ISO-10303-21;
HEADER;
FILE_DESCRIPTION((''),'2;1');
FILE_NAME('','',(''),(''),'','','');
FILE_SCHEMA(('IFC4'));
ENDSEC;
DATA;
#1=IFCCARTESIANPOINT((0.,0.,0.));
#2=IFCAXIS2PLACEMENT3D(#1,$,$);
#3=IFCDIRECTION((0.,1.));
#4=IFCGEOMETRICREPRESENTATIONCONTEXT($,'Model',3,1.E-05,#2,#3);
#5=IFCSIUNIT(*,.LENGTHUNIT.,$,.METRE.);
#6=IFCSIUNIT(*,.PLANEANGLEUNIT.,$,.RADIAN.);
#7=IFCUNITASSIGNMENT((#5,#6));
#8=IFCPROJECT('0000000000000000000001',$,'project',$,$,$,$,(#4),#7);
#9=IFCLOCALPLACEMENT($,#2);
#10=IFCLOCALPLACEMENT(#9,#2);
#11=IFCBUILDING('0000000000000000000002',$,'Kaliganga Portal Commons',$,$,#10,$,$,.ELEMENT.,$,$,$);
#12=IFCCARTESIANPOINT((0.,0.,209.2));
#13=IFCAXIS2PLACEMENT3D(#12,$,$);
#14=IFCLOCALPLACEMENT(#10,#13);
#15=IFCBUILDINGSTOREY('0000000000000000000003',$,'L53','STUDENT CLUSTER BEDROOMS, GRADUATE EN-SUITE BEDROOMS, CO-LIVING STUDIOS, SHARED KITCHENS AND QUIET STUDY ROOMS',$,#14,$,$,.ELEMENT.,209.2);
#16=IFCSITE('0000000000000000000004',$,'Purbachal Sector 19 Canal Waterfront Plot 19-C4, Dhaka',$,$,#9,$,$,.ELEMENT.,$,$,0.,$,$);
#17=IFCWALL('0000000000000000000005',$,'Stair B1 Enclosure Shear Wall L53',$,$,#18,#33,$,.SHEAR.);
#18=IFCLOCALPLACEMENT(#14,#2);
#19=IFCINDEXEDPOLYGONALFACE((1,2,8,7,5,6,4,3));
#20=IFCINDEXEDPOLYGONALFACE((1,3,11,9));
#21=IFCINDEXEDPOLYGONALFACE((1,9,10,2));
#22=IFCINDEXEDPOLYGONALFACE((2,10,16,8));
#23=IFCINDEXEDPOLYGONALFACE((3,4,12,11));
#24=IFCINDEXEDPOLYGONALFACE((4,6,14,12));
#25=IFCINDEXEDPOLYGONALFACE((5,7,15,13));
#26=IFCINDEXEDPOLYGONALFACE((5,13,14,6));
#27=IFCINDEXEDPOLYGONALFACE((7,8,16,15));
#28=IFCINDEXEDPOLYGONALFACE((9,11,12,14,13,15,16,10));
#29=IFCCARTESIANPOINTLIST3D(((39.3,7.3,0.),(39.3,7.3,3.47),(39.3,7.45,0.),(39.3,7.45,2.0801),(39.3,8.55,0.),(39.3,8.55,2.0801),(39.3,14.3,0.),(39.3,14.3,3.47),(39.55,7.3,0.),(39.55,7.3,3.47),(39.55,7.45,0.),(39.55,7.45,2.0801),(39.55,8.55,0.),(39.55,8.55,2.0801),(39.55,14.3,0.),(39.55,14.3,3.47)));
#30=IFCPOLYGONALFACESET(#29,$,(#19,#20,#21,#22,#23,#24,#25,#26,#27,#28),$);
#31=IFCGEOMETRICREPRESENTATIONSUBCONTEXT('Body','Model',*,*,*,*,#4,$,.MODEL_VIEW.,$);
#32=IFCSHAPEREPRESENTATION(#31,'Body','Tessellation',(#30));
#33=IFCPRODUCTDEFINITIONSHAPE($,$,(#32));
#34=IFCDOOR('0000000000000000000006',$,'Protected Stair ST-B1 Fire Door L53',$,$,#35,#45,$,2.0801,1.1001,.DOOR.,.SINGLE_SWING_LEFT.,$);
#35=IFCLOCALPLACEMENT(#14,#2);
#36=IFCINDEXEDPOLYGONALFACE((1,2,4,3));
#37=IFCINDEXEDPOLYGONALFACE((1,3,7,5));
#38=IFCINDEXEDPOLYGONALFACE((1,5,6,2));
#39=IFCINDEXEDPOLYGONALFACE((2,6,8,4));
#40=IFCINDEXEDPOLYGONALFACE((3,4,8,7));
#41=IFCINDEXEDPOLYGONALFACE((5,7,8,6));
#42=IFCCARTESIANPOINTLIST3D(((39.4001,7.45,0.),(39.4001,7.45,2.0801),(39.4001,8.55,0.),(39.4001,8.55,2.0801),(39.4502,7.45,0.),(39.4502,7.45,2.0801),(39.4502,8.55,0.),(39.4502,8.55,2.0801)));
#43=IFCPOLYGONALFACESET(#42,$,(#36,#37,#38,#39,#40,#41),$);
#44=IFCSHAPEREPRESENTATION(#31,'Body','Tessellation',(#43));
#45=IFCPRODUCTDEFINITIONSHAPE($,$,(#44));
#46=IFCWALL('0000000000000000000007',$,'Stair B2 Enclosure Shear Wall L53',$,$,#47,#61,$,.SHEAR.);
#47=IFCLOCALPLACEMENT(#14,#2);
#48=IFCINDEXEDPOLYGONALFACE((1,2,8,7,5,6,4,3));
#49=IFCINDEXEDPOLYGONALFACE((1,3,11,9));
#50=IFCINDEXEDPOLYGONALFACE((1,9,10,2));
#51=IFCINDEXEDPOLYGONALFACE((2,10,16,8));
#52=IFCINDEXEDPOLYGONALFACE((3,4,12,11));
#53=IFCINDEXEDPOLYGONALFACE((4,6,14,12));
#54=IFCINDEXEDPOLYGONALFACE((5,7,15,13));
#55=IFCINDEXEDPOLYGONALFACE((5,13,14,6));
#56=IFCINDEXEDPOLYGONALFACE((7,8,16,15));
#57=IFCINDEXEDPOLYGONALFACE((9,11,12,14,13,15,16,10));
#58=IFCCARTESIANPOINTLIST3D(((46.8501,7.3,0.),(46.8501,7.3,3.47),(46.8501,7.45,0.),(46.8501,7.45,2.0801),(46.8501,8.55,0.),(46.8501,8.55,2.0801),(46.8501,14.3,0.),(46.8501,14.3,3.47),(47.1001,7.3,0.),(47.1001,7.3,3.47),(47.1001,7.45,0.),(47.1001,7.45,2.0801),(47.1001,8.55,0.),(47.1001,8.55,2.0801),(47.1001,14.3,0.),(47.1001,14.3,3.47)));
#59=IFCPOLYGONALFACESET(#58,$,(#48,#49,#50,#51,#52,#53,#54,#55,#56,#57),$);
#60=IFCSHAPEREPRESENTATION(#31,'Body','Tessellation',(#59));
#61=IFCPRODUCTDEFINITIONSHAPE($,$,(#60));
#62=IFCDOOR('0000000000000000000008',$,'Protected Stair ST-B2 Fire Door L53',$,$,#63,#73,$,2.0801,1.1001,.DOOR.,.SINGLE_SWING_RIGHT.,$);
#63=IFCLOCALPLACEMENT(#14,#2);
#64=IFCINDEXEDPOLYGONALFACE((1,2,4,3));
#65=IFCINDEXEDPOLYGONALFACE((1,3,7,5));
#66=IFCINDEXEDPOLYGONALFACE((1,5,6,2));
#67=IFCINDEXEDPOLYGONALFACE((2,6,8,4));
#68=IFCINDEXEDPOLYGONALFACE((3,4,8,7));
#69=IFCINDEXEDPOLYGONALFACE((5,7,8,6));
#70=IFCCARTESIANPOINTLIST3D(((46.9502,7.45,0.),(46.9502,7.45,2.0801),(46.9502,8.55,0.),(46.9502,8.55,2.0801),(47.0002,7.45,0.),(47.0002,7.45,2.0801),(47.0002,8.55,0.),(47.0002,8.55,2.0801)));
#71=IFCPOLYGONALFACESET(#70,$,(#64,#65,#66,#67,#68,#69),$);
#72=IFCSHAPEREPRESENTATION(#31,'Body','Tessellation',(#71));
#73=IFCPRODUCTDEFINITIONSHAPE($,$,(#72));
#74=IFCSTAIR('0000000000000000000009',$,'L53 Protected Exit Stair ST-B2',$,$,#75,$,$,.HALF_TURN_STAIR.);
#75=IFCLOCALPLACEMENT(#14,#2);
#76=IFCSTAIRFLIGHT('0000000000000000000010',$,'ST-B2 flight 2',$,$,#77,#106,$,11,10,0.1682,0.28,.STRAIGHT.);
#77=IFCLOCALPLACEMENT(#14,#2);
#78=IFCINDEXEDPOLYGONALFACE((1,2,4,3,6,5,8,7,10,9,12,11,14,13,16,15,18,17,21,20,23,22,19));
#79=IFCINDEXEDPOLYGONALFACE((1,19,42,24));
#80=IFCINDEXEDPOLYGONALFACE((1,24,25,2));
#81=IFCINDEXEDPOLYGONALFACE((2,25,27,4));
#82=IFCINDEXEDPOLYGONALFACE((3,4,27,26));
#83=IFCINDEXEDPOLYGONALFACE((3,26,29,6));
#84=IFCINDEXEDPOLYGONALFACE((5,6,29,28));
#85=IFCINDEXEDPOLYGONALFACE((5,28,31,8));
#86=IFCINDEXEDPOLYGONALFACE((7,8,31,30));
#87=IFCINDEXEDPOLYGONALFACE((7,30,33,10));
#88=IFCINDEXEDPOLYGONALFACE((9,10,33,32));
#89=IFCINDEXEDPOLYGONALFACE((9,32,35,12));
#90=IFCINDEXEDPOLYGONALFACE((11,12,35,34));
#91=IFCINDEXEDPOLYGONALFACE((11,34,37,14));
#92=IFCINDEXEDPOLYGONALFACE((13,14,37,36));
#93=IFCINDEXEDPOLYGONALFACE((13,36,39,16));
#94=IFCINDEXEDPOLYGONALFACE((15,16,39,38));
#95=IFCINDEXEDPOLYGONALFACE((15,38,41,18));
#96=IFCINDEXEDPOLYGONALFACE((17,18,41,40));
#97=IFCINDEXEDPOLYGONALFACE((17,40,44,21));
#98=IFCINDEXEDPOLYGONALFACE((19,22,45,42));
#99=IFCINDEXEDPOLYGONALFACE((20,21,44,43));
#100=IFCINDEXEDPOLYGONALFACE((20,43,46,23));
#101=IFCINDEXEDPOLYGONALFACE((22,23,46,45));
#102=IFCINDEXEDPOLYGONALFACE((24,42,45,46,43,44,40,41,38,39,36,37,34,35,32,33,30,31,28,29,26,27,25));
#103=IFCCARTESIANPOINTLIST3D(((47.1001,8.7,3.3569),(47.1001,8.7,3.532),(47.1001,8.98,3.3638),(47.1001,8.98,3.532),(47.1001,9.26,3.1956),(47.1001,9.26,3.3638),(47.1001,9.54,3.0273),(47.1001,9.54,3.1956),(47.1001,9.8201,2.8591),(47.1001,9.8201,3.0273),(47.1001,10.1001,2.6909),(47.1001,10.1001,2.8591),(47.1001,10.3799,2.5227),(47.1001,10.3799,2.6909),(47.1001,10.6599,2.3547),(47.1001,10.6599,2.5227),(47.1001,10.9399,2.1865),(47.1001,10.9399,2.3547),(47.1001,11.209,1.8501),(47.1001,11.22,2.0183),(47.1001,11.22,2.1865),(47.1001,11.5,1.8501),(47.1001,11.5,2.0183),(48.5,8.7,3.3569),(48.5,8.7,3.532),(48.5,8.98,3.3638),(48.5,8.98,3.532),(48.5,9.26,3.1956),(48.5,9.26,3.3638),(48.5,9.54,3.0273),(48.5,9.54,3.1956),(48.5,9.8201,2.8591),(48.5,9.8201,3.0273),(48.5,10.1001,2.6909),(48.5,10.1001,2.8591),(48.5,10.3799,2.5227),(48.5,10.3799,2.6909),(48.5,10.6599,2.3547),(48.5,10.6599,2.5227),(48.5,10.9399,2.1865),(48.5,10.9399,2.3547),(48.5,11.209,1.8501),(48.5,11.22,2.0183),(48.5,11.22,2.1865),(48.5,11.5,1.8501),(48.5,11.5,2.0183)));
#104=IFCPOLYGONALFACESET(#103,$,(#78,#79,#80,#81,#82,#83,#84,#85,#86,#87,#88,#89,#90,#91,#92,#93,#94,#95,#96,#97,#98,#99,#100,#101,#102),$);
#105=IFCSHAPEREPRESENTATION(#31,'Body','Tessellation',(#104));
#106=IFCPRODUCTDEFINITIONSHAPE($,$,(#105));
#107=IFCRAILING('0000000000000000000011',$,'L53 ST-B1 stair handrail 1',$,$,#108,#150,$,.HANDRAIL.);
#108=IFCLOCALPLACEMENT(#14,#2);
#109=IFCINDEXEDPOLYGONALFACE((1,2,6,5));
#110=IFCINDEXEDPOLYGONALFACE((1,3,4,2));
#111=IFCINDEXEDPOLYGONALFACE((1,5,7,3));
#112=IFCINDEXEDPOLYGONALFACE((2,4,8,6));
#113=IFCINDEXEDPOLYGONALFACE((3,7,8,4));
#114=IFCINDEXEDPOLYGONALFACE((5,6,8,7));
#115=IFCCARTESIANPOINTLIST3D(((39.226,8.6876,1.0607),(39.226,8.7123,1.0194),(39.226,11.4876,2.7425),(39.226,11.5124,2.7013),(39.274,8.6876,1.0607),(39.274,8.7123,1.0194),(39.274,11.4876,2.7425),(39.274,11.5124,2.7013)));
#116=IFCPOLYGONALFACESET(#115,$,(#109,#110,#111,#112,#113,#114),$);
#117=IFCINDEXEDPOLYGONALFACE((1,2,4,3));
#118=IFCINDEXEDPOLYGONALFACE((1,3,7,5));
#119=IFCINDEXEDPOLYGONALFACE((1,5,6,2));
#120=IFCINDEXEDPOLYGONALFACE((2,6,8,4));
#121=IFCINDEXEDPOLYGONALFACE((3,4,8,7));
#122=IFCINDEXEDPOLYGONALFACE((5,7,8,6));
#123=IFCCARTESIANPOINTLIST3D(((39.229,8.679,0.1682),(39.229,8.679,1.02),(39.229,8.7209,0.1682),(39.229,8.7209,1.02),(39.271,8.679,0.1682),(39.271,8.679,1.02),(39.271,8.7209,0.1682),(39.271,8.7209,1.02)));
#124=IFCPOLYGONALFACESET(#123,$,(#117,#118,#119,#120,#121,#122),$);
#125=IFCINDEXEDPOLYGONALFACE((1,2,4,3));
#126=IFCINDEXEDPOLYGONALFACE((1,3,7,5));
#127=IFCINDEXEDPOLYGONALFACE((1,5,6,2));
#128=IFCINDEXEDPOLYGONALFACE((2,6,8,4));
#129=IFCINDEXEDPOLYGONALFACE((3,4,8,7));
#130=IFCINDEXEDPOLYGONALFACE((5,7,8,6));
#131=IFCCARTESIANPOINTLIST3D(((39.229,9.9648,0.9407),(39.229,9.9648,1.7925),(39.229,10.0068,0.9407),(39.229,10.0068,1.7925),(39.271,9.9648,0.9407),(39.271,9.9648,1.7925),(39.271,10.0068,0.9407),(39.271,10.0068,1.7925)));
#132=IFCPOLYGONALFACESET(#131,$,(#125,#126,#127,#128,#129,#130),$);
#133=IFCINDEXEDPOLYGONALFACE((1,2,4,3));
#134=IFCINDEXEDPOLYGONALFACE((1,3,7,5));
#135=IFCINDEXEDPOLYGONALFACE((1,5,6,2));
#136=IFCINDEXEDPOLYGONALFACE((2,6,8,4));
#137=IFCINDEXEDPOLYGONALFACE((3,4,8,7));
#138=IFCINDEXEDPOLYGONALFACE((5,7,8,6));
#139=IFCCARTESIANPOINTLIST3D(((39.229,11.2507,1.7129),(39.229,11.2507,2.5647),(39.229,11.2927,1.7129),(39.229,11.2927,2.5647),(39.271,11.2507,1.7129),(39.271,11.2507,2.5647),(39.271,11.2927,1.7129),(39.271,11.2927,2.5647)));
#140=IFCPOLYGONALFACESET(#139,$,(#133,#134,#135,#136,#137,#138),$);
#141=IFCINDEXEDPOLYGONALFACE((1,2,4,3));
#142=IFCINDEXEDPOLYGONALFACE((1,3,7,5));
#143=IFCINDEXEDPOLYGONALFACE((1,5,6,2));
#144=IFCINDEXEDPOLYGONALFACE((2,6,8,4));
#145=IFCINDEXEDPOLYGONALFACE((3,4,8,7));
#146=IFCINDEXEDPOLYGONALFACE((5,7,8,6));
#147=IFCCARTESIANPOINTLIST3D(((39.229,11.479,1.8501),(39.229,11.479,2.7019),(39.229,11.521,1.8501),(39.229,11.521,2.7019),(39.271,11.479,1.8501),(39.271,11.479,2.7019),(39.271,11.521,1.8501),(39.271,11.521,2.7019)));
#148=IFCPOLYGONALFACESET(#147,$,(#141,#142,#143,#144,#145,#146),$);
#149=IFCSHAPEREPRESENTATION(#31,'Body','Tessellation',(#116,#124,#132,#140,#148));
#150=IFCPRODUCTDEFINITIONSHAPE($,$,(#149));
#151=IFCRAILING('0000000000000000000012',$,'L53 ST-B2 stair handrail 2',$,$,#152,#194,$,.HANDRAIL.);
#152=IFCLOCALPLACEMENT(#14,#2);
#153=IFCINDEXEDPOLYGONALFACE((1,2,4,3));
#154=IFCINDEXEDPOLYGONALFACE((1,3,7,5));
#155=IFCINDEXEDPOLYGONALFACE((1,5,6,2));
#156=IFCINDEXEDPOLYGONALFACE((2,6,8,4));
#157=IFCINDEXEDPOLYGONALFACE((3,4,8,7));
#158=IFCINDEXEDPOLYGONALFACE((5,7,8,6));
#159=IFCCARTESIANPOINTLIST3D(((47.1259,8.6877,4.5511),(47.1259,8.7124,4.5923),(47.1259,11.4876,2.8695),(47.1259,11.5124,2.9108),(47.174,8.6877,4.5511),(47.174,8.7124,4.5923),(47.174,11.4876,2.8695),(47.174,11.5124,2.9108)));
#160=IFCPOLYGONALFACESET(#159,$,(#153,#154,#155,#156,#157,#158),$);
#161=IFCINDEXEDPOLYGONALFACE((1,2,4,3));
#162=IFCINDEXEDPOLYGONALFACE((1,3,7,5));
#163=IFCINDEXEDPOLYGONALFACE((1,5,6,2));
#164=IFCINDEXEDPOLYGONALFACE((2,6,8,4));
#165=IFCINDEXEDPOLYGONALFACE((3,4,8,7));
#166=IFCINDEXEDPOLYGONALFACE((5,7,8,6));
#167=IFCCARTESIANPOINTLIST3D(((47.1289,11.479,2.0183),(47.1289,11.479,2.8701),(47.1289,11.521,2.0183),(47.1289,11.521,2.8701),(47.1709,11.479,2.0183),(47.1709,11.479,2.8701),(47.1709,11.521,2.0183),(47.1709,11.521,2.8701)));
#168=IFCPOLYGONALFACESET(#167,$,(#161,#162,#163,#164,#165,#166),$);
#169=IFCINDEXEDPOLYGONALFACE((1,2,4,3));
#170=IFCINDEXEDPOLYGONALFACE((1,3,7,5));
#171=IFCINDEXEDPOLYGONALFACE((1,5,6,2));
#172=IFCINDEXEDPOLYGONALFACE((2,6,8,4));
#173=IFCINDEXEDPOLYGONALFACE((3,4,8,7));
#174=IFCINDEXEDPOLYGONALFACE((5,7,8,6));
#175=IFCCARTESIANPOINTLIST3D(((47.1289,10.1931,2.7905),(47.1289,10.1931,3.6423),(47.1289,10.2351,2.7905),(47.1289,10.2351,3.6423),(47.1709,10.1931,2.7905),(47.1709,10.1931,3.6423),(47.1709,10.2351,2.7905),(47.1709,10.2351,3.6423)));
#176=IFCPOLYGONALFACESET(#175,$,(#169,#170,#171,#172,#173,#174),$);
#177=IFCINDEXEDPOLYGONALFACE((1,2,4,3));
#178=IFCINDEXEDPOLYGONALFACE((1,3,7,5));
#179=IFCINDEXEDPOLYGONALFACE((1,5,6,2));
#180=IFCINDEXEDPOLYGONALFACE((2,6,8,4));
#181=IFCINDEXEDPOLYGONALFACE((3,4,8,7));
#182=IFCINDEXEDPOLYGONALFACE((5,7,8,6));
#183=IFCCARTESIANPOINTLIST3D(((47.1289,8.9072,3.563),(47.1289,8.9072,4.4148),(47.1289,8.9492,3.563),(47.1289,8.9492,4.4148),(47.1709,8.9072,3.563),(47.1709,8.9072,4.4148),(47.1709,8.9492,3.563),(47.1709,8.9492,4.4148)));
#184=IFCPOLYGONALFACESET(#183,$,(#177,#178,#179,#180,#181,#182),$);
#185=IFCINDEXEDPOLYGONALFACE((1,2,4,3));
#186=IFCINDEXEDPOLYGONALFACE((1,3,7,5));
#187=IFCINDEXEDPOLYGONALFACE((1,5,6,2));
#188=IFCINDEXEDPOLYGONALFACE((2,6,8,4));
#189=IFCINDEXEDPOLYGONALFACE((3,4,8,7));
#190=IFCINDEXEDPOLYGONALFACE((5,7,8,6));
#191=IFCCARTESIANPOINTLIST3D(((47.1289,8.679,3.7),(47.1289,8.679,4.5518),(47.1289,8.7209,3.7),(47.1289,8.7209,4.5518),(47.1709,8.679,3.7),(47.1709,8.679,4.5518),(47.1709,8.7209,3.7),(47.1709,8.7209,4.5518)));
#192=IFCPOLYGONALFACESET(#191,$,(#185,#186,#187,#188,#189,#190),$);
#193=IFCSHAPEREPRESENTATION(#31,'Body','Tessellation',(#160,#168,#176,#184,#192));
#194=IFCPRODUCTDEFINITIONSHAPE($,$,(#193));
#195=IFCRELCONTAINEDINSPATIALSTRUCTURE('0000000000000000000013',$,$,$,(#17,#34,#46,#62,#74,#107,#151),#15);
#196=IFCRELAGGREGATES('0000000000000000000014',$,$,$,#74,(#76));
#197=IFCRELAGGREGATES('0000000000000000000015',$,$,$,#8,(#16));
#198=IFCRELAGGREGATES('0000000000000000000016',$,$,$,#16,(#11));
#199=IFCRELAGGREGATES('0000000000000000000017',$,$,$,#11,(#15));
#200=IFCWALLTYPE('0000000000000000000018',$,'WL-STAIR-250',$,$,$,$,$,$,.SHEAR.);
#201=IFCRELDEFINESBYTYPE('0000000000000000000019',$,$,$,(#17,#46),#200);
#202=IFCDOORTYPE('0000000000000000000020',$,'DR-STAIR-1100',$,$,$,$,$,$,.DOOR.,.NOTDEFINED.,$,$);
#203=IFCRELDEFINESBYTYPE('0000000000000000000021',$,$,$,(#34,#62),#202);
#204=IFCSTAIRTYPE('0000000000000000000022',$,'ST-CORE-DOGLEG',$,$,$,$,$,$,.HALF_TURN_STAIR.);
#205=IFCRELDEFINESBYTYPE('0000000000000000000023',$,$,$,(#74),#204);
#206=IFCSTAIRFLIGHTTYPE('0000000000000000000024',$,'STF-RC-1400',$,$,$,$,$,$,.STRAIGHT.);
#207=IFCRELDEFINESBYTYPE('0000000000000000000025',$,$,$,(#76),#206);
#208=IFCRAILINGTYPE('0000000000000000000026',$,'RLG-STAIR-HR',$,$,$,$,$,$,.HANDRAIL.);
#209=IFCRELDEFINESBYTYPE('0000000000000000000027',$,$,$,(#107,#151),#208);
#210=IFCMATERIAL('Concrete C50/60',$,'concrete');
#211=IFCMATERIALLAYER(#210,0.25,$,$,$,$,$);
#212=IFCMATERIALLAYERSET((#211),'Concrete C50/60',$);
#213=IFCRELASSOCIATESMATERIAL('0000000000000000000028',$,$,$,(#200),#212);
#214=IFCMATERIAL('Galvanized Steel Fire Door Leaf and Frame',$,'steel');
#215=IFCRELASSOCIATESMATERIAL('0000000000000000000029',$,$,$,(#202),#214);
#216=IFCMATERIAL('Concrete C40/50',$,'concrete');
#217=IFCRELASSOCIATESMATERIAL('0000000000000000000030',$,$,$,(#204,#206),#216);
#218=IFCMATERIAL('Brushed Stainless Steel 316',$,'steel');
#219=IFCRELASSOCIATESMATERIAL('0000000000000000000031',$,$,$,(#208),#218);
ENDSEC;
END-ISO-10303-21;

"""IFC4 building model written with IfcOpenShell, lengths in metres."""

from ifc_helpers import new_model, si_unit, direction, frame, frame_2d, origin, origin_2d, place, context, subcontext, project, spatial, polyline, rectangle, outline, extrude, material, layer, layer_set, type_object, element, fill, aggregate, save


model = new_model("IFC4")

# Units and contexts
model_context = context("Model", 3, precision=1e-05, world=origin(), true_north=direction((0.0, 1.0)))
body_context = subcontext(model_context, "Body", "Model", "MODEL_VIEW")
ifc_project = project(units=[si_unit("LENGTHUNIT", "METRE"), si_unit("PLANEANGLEUNIT", "RADIAN")], contexts=[model_context])

# Site, building, storey
site_placement = place(None, origin())
site = spatial("IfcSite", under=ifc_project, at=site_placement, Name="Purbachal Sector 19 Canal Waterfront Plot 19-C4, Dhaka", CompositionType="ELEMENT", RefElevation=0.0)
building_placement = place(site_placement, origin())
building = spatial("IfcBuilding", under=site, at=building_placement, Name="Kaliganga Portal Commons", CompositionType="ELEMENT")
storey_placement = place(building_placement, frame((0.0, 0.0, 209.2)))
storey = spatial("IfcBuildingStorey", under=building, at=storey_placement, Name="L53", Description="STUDENT CLUSTER BEDROOMS, GRADUATE EN-SUITE BEDROOMS, CO-LIVING STUDIOS, SHARED KITCHENS AND QUIET STUDY ROOMS", CompositionType="ELEMENT", Elevation=209.2)

# Shared definitions
ifc_material_1 = material(Name="Concrete C50/60", Category="concrete")

# Walls, openings, doors
ifc_layer_1 = layer(ifc_material_1, 0.25)
ifc_layer_set_1 = layer_set([ifc_layer_1], Name="Concrete C50/60")
wall_type_1 = type_object("IfcWallType", Name="WL-STAIR-250", PredefinedType="SHEAR", material=ifc_layer_set_1)
wall_1_placement = place(storey_placement, frame((39.425, 7.3, 0.0), z_axis=(0.0, 0.0, 1.0), x_axis=(0.0, 1.0, 0.0)))
wall_1 = element("IfcWall", 1, at=wall_1_placement, inside=storey, type_object=wall_type_1, Name="Stair B1 Enclosure Shear Wall L53", PredefinedType="SHEAR", context=body_context, shape_type="SweptSolid", body=[
    extrude(rectangle(XDim=7.0, YDim=0.25, at=frame_2d((3.5, 0.0))), origin(), (0.0, 0.0, 1.0), 3.47),
])
opening_1_placement = place(wall_1_placement, frame((0.1499, 0.0, 0.0)))
opening_1 = element("IfcOpeningElement", 2, at=opening_1_placement, cuts=wall_1, PredefinedType="OPENING", context=body_context, shape_type="SweptSolid", body=[
    extrude(rectangle(XDim=1.1001, YDim=2.0801, at=frame_2d((0.55, 1.04))), frame((0.0, 0.135, 0.0), z_axis=(0.0, -1.0, 0.0), x_axis=(1.0, 0.0, 0.0)), (0.0, 0.0, 1.0), 0.27),
])
ifc_material_2 = material(Name="Galvanized Steel Fire Door Leaf and Frame", Category="steel")
door_type_1 = type_object("IfcDoorType", Name="DR-STAIR-1100", OperationType="NOTDEFINED", PredefinedType="DOOR", material=ifc_material_2)
door_1_placement = place(opening_1_placement, origin())
door_1 = element("IfcDoor", 3, at=door_1_placement, inside=storey, type_object=door_type_1, Name="Protected Stair ST-B1 Fire Door L53", OperationType="SINGLE_SWING_LEFT", OverallHeight=2.0801, OverallWidth=1.1001, PredefinedType="DOOR", context=body_context, shape_type="SweptSolid", body=[
    extrude(rectangle(XDim=1.1001, YDim=2.0801, at=frame_2d((0.55, 1.04))), frame((0.0, 0.0249, 0.0), z_axis=(0.0, -1.0, 0.0), x_axis=(1.0, 0.0, 0.0)), (0.0, 0.0, 1.0), 0.05),
])
fill(opening_1, door_1)
wall_2_placement = place(storey_placement, frame((46.9751, 7.3, 0.0), z_axis=(0.0, 0.0, 1.0), x_axis=(0.0, 1.0, 0.0)))
wall_2 = element("IfcWall", 4, at=wall_2_placement, inside=storey, type_object=wall_type_1, Name="Stair B2 Enclosure Shear Wall L53", PredefinedType="SHEAR", context=body_context, shape_type="SweptSolid", body=[
    extrude(rectangle(XDim=7.0, YDim=0.25, at=frame_2d((3.5, 0.0))), origin(), (0.0, 0.0, 1.0), 3.47),
])
opening_2_placement = place(wall_2_placement, frame((0.1499, 0.0, 0.0)))
opening_2 = element("IfcOpeningElement", 5, at=opening_2_placement, cuts=wall_2, PredefinedType="OPENING", context=body_context, shape_type="SweptSolid", body=[
    extrude(rectangle(XDim=1.1001, YDim=2.0801, at=frame_2d((0.55, 1.04))), frame((0.0, 0.135, 0.0), z_axis=(0.0, -1.0, 0.0), x_axis=(1.0, 0.0, 0.0)), (0.0, 0.0, 1.0), 0.27),
])
door_2_placement = place(opening_2_placement, origin())
door_2 = element("IfcDoor", 6, at=door_2_placement, inside=storey, type_object=door_type_1, Name="Protected Stair ST-B2 Fire Door L53", OperationType="SINGLE_SWING_RIGHT", OverallHeight=2.0801, OverallWidth=1.1001, PredefinedType="DOOR", context=body_context, shape_type="SweptSolid", body=[
    extrude(rectangle(XDim=1.1001, YDim=2.0801, at=frame_2d((0.55, 1.04))), frame((0.0, 0.0249, 0.0), z_axis=(0.0, -1.0, 0.0), x_axis=(1.0, 0.0, 0.0)), (0.0, 0.0, 1.0), 0.05),
])
fill(opening_2, door_2)

# Stair, stair flight
ifc_material_3 = material(Name="Concrete C40/50", Category="concrete")
stair_type = type_object("IfcStairType", Name="ST-CORE-DOGLEG", PredefinedType="HALF_TURN_STAIR", material=ifc_material_3)
stair_placement = place(storey_placement, origin())
stair = element("IfcStair", 7, at=stair_placement, inside=storey, type_object=stair_type, Name="L53 Protected Exit Stair ST-B2", PredefinedType="HALF_TURN_STAIR")
stair_flight_type = type_object("IfcStairFlightType", Name="STF-RC-1400", PredefinedType="STRAIGHT", material=ifc_material_3)
stair_flight_placement = place(storey_placement, frame((47.8, 11.5, 1.8501), z_axis=(0.0, 0.0, 1.0), x_axis=(0.0, -1.0, 0.0)))
stair_flight = element("IfcStairFlight", 8, at=stair_flight_placement, type_object=stair_flight_type, Name="ST-B2 flight 2", NumberOfRisers=11, NumberOfTreads=10, PredefinedType="STRAIGHT", RiserHeight=0.1682, TreadLength=0.28, context=body_context, shape_type="SweptSolid", body=[
    extrude(outline(polyline([(0.0, 0.0), (0.0, 0.1682), (0.28, 0.1682), (0.28, 0.3364), (0.5601, 0.3364), (0.5601, 0.5046), (0.8401, 0.5046), (0.8401, 0.6726), (1.1201, 0.6726), (1.1201, 0.8408), (1.3999, 0.8408), (1.3999, 1.009), (1.6799, 1.009), (1.6799, 1.1772), (1.96, 1.1772), (1.96, 1.3455), (2.24, 1.3455), (2.24, 1.5137), (2.52, 1.5137), (2.52, 1.6819), (2.8, 1.6819), (2.8, 1.8501), (2.8, 1.5068), (0.291, 0.0), (0.0, 0.0)])), frame((0.0, 0.7, 0.0), z_axis=(0.0, -1.0, 0.0), x_axis=(1.0, 0.0, 0.0)), (0.0, 0.0, 1.0), 1.3999),
])
aggregate(stair, [stair_flight])

# Railings
ifc_material_4 = material(Name="Brushed Stainless Steel 316", Category="steel")
railing_type = type_object("IfcRailingType", Name="RLG-STAIR-HR", PredefinedType="HANDRAIL", material=ifc_material_4)
railing_1_placement = place(storey_placement, frame((39.25, 8.7, 0.1682)))
element("IfcRailing", 9, at=railing_1_placement, inside=storey, type_object=railing_type, Name="L53 ST-B1 stair handrail 1", PredefinedType="HANDRAIL", context=body_context, shape_type="SweptSolid", body=[
    extrude(rectangle(XDim=0.0481, YDim=0.0481, at=origin_2d()), frame((0.0, 0.0, 0.8718), z_axis=(0.0, 0.857242, 0.514913), x_axis=(-1.0, 0.0, 0.0)), (0.0, 0.0, 1.0), 3.2664),
    extrude(rectangle(XDim=0.042, YDim=0.042, at=origin_2d()), origin(), (0.0, 0.0, 1.0), 0.8518),
    extrude(rectangle(XDim=0.042, YDim=0.042, at=origin_2d()), frame((0.0, 1.2859, 0.7725)), (0.0, 0.0, 1.0), 0.8518),
    extrude(rectangle(XDim=0.042, YDim=0.042, at=origin_2d()), frame((0.0, 2.5718, 1.5447)), (0.0, 0.0, 1.0), 0.8518),
    extrude(rectangle(XDim=0.042, YDim=0.042, at=origin_2d()), frame((0.0, 2.8, 1.6819)), (0.0, 0.0, 1.0), 0.8518),
])
railing_2_placement = place(storey_placement, frame((47.1499, 11.5, 2.0183)))
element("IfcRailing", 10, at=railing_2_placement, inside=storey, type_object=railing_type, Name="L53 ST-B2 stair handrail 2", PredefinedType="HANDRAIL", context=body_context, shape_type="SweptSolid", body=[
    extrude(rectangle(XDim=0.0481, YDim=0.0481, at=origin_2d()), frame((0.0, 0.0, 0.8718), z_axis=(0.0, -0.857275, 0.514858), x_axis=(1.0, 0.0, 0.0)), (0.0, 0.0, 1.0), 3.2661),
    extrude(rectangle(XDim=0.042, YDim=0.042, at=origin_2d()), origin(), (0.0, 0.0, 1.0), 0.8518),
    extrude(rectangle(XDim=0.042, YDim=0.042, at=origin_2d()), frame((0.0, -1.2859, 0.7722)), (0.0, 0.0, 1.0), 0.8518),
    extrude(rectangle(XDim=0.042, YDim=0.042, at=origin_2d()), frame((0.0, -2.5718, 1.5447)), (0.0, 0.0, 1.0), 0.8518),
    extrude(rectangle(XDim=0.042, YDim=0.042, at=origin_2d()), frame((0.0, -2.8, 1.6816)), (0.0, 0.0, 1.0), 0.8518),
])

save(model, "model.ifc")
